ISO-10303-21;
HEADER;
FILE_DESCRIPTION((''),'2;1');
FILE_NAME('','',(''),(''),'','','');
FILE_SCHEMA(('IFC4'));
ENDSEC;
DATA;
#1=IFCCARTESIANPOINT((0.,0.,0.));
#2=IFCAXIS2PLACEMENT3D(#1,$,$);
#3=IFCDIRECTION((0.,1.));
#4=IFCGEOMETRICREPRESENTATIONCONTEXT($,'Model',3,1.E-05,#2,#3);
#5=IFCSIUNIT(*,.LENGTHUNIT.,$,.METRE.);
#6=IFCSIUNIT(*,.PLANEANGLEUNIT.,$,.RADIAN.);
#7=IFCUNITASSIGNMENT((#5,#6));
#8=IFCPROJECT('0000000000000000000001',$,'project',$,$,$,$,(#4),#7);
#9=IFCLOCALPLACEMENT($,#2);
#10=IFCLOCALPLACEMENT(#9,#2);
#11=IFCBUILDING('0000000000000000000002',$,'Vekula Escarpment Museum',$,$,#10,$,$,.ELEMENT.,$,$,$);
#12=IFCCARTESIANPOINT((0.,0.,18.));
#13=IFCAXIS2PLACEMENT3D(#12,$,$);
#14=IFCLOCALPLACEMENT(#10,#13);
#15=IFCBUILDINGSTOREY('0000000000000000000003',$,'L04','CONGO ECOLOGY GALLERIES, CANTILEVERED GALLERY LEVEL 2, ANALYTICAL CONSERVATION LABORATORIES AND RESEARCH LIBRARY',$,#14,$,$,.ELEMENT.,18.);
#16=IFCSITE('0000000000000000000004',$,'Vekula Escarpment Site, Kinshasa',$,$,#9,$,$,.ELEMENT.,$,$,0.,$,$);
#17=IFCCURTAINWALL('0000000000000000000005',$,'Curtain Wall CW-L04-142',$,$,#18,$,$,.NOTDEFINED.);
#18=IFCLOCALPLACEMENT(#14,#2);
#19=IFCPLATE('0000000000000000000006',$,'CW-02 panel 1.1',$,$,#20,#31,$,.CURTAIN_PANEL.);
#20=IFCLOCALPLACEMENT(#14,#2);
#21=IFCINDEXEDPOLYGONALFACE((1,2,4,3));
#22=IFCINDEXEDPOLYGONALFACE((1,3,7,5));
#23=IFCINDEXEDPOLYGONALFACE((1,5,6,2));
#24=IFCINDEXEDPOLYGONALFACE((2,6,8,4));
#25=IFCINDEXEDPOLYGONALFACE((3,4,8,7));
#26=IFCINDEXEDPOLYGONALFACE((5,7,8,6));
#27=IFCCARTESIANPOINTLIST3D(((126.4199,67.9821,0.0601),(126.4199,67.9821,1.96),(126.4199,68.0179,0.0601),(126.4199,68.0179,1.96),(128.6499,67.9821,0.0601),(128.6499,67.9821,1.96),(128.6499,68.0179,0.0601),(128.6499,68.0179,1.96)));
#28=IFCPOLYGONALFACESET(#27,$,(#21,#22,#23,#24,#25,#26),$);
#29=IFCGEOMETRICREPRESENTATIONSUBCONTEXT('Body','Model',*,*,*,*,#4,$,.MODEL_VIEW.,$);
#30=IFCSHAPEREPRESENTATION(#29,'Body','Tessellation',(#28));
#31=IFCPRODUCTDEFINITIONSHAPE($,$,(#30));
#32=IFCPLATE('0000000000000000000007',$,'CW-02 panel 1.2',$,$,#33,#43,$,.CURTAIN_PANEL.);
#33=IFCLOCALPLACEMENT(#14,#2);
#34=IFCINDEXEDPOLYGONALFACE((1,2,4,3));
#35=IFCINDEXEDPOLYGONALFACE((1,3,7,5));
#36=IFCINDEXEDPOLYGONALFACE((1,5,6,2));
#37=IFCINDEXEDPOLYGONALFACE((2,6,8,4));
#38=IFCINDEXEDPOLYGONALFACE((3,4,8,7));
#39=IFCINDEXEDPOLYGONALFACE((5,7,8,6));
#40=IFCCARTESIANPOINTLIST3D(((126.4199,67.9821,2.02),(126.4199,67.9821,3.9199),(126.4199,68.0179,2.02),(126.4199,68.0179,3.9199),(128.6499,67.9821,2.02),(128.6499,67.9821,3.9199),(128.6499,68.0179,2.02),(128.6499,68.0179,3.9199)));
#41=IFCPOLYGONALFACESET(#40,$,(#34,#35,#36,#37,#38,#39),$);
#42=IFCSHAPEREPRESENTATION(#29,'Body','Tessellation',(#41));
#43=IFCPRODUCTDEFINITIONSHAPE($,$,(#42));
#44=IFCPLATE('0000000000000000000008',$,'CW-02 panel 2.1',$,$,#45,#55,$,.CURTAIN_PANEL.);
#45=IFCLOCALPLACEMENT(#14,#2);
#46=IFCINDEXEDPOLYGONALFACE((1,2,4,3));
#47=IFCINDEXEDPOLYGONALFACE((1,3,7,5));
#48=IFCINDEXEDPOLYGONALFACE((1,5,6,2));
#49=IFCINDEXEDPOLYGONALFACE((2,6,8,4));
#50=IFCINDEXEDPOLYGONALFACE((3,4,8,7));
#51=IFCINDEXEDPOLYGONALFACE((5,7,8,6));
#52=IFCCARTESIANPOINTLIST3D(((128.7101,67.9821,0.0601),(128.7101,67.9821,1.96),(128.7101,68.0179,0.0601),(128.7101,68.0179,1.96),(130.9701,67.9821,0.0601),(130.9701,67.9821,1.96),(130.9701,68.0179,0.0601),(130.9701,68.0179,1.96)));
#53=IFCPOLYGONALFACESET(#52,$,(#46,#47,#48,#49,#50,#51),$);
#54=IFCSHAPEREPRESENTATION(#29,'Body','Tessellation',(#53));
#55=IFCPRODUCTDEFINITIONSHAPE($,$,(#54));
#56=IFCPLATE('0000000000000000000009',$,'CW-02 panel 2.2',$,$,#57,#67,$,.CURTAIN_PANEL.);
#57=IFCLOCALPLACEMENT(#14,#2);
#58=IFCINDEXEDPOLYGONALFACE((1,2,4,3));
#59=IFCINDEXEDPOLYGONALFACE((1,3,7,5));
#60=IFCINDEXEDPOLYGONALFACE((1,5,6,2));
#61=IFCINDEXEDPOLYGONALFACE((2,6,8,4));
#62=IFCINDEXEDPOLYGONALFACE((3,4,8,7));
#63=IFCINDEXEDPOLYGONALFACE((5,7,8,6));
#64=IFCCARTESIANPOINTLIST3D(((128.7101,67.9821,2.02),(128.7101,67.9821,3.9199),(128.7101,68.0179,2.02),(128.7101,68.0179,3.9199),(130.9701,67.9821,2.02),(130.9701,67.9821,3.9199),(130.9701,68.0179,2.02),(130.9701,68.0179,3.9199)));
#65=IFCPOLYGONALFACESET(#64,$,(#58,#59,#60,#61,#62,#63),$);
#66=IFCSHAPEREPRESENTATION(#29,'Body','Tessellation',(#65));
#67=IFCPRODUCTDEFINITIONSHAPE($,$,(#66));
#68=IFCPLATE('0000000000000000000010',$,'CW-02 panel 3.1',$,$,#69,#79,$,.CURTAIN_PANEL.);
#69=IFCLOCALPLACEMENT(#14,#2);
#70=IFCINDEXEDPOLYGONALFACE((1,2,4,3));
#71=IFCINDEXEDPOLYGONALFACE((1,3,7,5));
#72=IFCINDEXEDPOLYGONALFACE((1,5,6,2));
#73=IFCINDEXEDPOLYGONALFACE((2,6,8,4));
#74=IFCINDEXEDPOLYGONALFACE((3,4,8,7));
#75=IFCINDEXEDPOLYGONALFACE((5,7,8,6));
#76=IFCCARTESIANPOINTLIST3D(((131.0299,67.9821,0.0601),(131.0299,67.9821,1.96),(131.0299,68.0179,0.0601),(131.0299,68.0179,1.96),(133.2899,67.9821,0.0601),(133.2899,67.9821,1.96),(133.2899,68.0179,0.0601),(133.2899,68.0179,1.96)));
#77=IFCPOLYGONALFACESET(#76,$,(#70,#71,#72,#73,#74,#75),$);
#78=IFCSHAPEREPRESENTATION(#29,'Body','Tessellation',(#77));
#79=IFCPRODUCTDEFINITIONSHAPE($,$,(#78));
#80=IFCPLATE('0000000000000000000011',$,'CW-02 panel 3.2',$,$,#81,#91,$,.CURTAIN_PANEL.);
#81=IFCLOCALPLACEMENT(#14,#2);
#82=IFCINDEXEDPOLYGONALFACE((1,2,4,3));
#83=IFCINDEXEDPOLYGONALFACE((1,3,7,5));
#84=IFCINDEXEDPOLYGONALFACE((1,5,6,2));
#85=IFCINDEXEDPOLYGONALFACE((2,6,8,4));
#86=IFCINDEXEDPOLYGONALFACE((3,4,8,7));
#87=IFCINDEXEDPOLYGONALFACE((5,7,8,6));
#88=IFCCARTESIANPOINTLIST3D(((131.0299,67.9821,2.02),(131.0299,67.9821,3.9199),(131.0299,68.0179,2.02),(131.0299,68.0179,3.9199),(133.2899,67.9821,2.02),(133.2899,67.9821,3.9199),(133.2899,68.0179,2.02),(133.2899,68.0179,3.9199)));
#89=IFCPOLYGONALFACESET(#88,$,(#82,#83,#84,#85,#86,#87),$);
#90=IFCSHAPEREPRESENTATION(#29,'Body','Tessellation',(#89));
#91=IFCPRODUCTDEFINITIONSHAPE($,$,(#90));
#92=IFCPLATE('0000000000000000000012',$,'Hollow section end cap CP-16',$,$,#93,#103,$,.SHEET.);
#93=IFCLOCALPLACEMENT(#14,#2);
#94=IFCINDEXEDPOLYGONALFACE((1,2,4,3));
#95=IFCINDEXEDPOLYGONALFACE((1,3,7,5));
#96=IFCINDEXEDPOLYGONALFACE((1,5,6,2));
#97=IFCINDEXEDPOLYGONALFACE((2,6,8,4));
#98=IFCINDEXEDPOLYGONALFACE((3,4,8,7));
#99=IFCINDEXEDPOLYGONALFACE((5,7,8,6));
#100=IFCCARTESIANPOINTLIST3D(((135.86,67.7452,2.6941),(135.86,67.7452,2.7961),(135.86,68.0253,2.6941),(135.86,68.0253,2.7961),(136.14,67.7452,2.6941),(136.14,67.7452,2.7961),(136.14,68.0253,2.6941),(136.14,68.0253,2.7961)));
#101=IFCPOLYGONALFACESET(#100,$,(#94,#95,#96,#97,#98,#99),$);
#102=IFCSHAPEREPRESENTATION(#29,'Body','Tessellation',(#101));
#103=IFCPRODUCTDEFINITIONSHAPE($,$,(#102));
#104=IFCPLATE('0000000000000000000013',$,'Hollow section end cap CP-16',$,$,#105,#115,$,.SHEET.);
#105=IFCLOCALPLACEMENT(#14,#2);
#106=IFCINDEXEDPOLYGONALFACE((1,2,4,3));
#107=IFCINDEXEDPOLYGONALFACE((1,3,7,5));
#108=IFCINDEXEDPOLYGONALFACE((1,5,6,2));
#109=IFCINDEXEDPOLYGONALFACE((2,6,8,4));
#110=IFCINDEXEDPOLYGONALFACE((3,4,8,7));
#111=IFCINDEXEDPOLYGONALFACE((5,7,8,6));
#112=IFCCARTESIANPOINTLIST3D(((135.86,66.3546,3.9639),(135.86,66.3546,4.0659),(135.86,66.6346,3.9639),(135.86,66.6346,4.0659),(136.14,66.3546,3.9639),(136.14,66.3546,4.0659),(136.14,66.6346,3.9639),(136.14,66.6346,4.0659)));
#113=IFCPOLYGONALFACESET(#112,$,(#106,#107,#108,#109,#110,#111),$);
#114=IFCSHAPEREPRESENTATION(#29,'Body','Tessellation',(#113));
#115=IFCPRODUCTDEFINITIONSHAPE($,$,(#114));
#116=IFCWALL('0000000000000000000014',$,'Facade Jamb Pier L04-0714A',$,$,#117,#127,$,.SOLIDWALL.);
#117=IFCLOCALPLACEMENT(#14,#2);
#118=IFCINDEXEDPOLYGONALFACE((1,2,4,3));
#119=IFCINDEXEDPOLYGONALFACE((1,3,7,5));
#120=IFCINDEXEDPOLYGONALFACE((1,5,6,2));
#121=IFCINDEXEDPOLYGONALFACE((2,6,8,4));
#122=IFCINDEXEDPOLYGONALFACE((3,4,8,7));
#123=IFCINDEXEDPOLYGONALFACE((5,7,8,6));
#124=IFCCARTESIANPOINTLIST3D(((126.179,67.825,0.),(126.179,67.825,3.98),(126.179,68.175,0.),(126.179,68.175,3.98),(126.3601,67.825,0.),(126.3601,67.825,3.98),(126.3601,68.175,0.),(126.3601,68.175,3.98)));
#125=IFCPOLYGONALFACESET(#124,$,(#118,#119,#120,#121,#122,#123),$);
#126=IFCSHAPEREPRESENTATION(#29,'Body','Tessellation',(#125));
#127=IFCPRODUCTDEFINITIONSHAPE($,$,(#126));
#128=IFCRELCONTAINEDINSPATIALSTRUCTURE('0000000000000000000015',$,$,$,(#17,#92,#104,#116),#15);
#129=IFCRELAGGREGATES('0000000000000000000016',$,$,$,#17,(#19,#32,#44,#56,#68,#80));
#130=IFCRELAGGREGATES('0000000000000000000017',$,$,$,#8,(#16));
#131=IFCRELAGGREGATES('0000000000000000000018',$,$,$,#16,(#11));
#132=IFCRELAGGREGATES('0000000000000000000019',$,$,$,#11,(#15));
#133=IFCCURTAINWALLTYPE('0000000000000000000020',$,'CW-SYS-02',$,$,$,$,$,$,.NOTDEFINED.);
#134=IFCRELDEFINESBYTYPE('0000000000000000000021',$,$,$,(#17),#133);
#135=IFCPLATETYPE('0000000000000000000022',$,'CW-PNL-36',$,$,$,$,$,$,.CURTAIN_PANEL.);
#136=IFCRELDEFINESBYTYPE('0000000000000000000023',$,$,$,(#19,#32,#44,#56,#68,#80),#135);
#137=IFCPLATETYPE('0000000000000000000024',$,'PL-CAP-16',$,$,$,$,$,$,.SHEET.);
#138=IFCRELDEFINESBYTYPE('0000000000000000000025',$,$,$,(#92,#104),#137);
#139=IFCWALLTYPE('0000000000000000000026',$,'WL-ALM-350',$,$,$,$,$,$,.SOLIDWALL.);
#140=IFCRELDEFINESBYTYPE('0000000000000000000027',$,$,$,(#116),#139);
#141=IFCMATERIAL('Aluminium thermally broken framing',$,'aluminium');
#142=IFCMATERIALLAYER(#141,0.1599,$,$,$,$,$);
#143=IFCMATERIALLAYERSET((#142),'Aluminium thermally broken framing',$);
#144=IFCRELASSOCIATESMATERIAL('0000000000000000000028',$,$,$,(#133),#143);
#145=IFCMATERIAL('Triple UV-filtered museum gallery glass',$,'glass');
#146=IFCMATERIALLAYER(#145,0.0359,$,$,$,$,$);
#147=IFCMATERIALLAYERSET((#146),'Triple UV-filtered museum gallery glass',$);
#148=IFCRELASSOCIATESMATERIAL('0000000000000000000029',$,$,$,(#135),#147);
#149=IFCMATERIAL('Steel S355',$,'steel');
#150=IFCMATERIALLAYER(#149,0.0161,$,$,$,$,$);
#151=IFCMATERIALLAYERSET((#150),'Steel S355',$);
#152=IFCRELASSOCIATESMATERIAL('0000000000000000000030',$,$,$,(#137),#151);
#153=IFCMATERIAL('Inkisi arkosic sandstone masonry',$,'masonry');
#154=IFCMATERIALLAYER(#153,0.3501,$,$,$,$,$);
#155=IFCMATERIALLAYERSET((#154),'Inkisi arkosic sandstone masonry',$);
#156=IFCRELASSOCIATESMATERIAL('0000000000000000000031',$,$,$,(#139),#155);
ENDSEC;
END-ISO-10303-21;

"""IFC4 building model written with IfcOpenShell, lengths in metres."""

from ifc_helpers import new_model, si_unit, direction, frame, frame_2d, origin, origin_2d, place, context, subcontext, project, spatial, rectangle, extrude, material, layer, layer_set, type_object, element, aggregate, save


model = new_model("IFC4")

# Units and contexts
model_context = context("Model", 3, precision=1e-05, world=origin(), true_north=direction((0.0, 1.0)))
body_context = subcontext(model_context, "Body", "Model", "MODEL_VIEW")
ifc_project = project(units=[si_unit("LENGTHUNIT", "METRE"), si_unit("PLANEANGLEUNIT", "RADIAN")], contexts=[model_context])

# Site, building, storey
site_placement = place(None, origin())
site = spatial("IfcSite", under=ifc_project, at=site_placement, Name="Vekula Escarpment Site, Kinshasa", CompositionType="ELEMENT", RefElevation=0.0)
building_placement = place(site_placement, origin())
building = spatial("IfcBuilding", under=site, at=building_placement, Name="Vekula Escarpment Museum", CompositionType="ELEMENT")
storey_placement = place(building_placement, frame((0.0, 0.0, 18.0)))
storey = spatial("IfcBuildingStorey", under=building, at=storey_placement, Name="L04", Description="CONGO ECOLOGY GALLERIES, CANTILEVERED GALLERY LEVEL 2, ANALYTICAL CONSERVATION LABORATORIES AND RESEARCH LIBRARY", CompositionType="ELEMENT", Elevation=18.0)

# Curtain wall
ifc_material_1 = material(Name="Aluminium thermally broken framing", Category="aluminium")
ifc_layer_1 = layer(ifc_material_1, 0.1599)
ifc_layer_set_1 = layer_set([ifc_layer_1], Name="Aluminium thermally broken framing")
curtain_wall_type = type_object("IfcCurtainWallType", Name="CW-SYS-02", PredefinedType="NOTDEFINED", material=ifc_layer_set_1)
curtain_wall_placement = place(storey_placement, origin())
curtain_wall = element("IfcCurtainWall", 1, at=curtain_wall_placement, inside=storey, type_object=curtain_wall_type, Name="Curtain Wall CW-L04-142", PredefinedType="NOTDEFINED")

# Plates
ifc_material_2 = material(Name="Triple UV-filtered museum gallery glass", Category="glass")
ifc_layer_2 = layer(ifc_material_2, 0.0359)
ifc_layer_set_2 = layer_set([ifc_layer_2], Name="Triple UV-filtered museum gallery glass")
plate_type_1 = type_object("IfcPlateType", Name="CW-PNL-36", PredefinedType="CURTAIN_PANEL", material=ifc_layer_set_2)
plate_1_placement = place(storey_placement, frame((127.5349, 68.0, 0.0601), z_axis=(0.0, 0.0, 1.0), x_axis=(1.0, 0.0, 0.0)))
plate_1 = element("IfcPlate", 2, at=plate_1_placement, type_object=plate_type_1, Name="CW-02 panel 1.1", PredefinedType="CURTAIN_PANEL", context=body_context, shape_type="SweptSolid", body=[
    extrude(rectangle(XDim=2.23, YDim=0.0359, at=origin_2d()), origin(), (0.0, 0.0, 1.0), 1.8999),
])
plate_2_placement = place(storey_placement, frame((127.5349, 68.0, 2.02), z_axis=(0.0, 0.0, 1.0), x_axis=(1.0, 0.0, 0.0)))
plate_2 = element("IfcPlate", 3, at=plate_2_placement, type_object=plate_type_1, Name="CW-02 panel 1.2", PredefinedType="CURTAIN_PANEL", context=body_context, shape_type="SweptSolid", body=[
    extrude(rectangle(XDim=2.23, YDim=0.0359, at=origin_2d()), origin(), (0.0, 0.0, 1.0), 1.8999),
])
plate_3_placement = place(storey_placement, frame((129.8401, 68.0, 0.0601), z_axis=(0.0, 0.0, 1.0), x_axis=(1.0, 0.0, 0.0)))
plate_3 = element("IfcPlate", 4, at=plate_3_placement, type_object=plate_type_1, Name="CW-02 panel 2.1", PredefinedType="CURTAIN_PANEL", context=body_context, shape_type="SweptSolid", body=[
    extrude(rectangle(XDim=2.26, YDim=0.0359, at=origin_2d()), origin(), (0.0, 0.0, 1.0), 1.8999),
])
plate_4_placement = place(storey_placement, frame((129.8401, 68.0, 2.02), z_axis=(0.0, 0.0, 1.0), x_axis=(1.0, 0.0, 0.0)))
plate_4 = element("IfcPlate", 5, at=plate_4_placement, type_object=plate_type_1, Name="CW-02 panel 2.2", PredefinedType="CURTAIN_PANEL", context=body_context, shape_type="SweptSolid", body=[
    extrude(rectangle(XDim=2.26, YDim=0.0359, at=origin_2d()), origin(), (0.0, 0.0, 1.0), 1.8999),
])
plate_5_placement = place(storey_placement, frame((132.1599, 68.0, 0.0601), z_axis=(0.0, 0.0, 1.0), x_axis=(1.0, 0.0, 0.0)))
plate_5 = element("IfcPlate", 6, at=plate_5_placement, type_object=plate_type_1, Name="CW-02 panel 3.1", PredefinedType="CURTAIN_PANEL", context=body_context, shape_type="SweptSolid", body=[
    extrude(rectangle(XDim=2.26, YDim=0.0359, at=origin_2d()), origin(), (0.0, 0.0, 1.0), 1.8999),
])
plate_6_placement = place(storey_placement, frame((132.1599, 68.0, 2.02), z_axis=(0.0, 0.0, 1.0), x_axis=(1.0, 0.0, 0.0)))
plate_6 = element("IfcPlate", 7, at=plate_6_placement, type_object=plate_type_1, Name="CW-02 panel 3.2", PredefinedType="CURTAIN_PANEL", context=body_context, shape_type="SweptSolid", body=[
    extrude(rectangle(XDim=2.26, YDim=0.0359, at=origin_2d()), origin(), (0.0, 0.0, 1.0), 1.8999),
])
aggregate(curtain_wall, [plate_1, plate_2, plate_3, plate_4, plate_5, plate_6])

# Plates
ifc_material_3 = material(Name="Steel S355", Category="steel")
ifc_layer_3 = layer(ifc_material_3, 0.0161)
ifc_layer_set_3 = layer_set([ifc_layer_3], Name="Steel S355")
plate_type_2 = type_object("IfcPlateType", Name="PL-CAP-16", PredefinedType="SHEET", material=ifc_layer_set_3)
for number, where, z_axis, x_axis, name in (
    (8, (136.0, 67.8853, 2.6941), (0.0, 0.0, 1.0), (1.0, 0.0, 0.0), "Hollow section end cap CP-16"),
    (9, (136.0, 66.4946, 3.9639), (0.0, 0.0, 1.0), (1.0, 0.0, 0.0), "Hollow section end cap CP-16"),
):
    element("IfcPlate", number, at=place(storey_placement, frame(where, z_axis=z_axis, x_axis=x_axis)), inside=storey, type_object=plate_type_2, Name=name, PredefinedType="SHEET", context=body_context, shape_type="SweptSolid", body=[
        extrude(rectangle(XDim=0.28, YDim=0.28, at=origin_2d()), origin(), (0.0, 0.0, 1.0), 0.1021),
    ])

# Wall
ifc_material_4 = material(Name="Inkisi arkosic sandstone masonry", Category="masonry")
ifc_layer_4 = layer(ifc_material_4, 0.3501)
ifc_layer_set_4 = layer_set([ifc_layer_4], Name="Inkisi arkosic sandstone masonry")
wall_type = type_object("IfcWallType", Name="WL-ALM-350", PredefinedType="SOLIDWALL", material=ifc_layer_set_4)
wall_placement = place(storey_placement, frame((126.179, 68.0, 0.0), z_axis=(0.0, 0.0, 1.0), x_axis=(1.0, 0.0, 0.0)))
element("IfcWall", 10, at=wall_placement, inside=storey, type_object=wall_type, Name="Facade Jamb Pier L04-0714A", PredefinedType="SOLIDWALL", context=body_context, shape_type="SweptSolid", body=[
    extrude(rectangle(XDim=0.1812, YDim=0.3501, at=frame_2d((0.0906, 0.0))), origin(), (0.0, 0.0, 1.0), 3.98),
])

save(model, "model.ifc")
